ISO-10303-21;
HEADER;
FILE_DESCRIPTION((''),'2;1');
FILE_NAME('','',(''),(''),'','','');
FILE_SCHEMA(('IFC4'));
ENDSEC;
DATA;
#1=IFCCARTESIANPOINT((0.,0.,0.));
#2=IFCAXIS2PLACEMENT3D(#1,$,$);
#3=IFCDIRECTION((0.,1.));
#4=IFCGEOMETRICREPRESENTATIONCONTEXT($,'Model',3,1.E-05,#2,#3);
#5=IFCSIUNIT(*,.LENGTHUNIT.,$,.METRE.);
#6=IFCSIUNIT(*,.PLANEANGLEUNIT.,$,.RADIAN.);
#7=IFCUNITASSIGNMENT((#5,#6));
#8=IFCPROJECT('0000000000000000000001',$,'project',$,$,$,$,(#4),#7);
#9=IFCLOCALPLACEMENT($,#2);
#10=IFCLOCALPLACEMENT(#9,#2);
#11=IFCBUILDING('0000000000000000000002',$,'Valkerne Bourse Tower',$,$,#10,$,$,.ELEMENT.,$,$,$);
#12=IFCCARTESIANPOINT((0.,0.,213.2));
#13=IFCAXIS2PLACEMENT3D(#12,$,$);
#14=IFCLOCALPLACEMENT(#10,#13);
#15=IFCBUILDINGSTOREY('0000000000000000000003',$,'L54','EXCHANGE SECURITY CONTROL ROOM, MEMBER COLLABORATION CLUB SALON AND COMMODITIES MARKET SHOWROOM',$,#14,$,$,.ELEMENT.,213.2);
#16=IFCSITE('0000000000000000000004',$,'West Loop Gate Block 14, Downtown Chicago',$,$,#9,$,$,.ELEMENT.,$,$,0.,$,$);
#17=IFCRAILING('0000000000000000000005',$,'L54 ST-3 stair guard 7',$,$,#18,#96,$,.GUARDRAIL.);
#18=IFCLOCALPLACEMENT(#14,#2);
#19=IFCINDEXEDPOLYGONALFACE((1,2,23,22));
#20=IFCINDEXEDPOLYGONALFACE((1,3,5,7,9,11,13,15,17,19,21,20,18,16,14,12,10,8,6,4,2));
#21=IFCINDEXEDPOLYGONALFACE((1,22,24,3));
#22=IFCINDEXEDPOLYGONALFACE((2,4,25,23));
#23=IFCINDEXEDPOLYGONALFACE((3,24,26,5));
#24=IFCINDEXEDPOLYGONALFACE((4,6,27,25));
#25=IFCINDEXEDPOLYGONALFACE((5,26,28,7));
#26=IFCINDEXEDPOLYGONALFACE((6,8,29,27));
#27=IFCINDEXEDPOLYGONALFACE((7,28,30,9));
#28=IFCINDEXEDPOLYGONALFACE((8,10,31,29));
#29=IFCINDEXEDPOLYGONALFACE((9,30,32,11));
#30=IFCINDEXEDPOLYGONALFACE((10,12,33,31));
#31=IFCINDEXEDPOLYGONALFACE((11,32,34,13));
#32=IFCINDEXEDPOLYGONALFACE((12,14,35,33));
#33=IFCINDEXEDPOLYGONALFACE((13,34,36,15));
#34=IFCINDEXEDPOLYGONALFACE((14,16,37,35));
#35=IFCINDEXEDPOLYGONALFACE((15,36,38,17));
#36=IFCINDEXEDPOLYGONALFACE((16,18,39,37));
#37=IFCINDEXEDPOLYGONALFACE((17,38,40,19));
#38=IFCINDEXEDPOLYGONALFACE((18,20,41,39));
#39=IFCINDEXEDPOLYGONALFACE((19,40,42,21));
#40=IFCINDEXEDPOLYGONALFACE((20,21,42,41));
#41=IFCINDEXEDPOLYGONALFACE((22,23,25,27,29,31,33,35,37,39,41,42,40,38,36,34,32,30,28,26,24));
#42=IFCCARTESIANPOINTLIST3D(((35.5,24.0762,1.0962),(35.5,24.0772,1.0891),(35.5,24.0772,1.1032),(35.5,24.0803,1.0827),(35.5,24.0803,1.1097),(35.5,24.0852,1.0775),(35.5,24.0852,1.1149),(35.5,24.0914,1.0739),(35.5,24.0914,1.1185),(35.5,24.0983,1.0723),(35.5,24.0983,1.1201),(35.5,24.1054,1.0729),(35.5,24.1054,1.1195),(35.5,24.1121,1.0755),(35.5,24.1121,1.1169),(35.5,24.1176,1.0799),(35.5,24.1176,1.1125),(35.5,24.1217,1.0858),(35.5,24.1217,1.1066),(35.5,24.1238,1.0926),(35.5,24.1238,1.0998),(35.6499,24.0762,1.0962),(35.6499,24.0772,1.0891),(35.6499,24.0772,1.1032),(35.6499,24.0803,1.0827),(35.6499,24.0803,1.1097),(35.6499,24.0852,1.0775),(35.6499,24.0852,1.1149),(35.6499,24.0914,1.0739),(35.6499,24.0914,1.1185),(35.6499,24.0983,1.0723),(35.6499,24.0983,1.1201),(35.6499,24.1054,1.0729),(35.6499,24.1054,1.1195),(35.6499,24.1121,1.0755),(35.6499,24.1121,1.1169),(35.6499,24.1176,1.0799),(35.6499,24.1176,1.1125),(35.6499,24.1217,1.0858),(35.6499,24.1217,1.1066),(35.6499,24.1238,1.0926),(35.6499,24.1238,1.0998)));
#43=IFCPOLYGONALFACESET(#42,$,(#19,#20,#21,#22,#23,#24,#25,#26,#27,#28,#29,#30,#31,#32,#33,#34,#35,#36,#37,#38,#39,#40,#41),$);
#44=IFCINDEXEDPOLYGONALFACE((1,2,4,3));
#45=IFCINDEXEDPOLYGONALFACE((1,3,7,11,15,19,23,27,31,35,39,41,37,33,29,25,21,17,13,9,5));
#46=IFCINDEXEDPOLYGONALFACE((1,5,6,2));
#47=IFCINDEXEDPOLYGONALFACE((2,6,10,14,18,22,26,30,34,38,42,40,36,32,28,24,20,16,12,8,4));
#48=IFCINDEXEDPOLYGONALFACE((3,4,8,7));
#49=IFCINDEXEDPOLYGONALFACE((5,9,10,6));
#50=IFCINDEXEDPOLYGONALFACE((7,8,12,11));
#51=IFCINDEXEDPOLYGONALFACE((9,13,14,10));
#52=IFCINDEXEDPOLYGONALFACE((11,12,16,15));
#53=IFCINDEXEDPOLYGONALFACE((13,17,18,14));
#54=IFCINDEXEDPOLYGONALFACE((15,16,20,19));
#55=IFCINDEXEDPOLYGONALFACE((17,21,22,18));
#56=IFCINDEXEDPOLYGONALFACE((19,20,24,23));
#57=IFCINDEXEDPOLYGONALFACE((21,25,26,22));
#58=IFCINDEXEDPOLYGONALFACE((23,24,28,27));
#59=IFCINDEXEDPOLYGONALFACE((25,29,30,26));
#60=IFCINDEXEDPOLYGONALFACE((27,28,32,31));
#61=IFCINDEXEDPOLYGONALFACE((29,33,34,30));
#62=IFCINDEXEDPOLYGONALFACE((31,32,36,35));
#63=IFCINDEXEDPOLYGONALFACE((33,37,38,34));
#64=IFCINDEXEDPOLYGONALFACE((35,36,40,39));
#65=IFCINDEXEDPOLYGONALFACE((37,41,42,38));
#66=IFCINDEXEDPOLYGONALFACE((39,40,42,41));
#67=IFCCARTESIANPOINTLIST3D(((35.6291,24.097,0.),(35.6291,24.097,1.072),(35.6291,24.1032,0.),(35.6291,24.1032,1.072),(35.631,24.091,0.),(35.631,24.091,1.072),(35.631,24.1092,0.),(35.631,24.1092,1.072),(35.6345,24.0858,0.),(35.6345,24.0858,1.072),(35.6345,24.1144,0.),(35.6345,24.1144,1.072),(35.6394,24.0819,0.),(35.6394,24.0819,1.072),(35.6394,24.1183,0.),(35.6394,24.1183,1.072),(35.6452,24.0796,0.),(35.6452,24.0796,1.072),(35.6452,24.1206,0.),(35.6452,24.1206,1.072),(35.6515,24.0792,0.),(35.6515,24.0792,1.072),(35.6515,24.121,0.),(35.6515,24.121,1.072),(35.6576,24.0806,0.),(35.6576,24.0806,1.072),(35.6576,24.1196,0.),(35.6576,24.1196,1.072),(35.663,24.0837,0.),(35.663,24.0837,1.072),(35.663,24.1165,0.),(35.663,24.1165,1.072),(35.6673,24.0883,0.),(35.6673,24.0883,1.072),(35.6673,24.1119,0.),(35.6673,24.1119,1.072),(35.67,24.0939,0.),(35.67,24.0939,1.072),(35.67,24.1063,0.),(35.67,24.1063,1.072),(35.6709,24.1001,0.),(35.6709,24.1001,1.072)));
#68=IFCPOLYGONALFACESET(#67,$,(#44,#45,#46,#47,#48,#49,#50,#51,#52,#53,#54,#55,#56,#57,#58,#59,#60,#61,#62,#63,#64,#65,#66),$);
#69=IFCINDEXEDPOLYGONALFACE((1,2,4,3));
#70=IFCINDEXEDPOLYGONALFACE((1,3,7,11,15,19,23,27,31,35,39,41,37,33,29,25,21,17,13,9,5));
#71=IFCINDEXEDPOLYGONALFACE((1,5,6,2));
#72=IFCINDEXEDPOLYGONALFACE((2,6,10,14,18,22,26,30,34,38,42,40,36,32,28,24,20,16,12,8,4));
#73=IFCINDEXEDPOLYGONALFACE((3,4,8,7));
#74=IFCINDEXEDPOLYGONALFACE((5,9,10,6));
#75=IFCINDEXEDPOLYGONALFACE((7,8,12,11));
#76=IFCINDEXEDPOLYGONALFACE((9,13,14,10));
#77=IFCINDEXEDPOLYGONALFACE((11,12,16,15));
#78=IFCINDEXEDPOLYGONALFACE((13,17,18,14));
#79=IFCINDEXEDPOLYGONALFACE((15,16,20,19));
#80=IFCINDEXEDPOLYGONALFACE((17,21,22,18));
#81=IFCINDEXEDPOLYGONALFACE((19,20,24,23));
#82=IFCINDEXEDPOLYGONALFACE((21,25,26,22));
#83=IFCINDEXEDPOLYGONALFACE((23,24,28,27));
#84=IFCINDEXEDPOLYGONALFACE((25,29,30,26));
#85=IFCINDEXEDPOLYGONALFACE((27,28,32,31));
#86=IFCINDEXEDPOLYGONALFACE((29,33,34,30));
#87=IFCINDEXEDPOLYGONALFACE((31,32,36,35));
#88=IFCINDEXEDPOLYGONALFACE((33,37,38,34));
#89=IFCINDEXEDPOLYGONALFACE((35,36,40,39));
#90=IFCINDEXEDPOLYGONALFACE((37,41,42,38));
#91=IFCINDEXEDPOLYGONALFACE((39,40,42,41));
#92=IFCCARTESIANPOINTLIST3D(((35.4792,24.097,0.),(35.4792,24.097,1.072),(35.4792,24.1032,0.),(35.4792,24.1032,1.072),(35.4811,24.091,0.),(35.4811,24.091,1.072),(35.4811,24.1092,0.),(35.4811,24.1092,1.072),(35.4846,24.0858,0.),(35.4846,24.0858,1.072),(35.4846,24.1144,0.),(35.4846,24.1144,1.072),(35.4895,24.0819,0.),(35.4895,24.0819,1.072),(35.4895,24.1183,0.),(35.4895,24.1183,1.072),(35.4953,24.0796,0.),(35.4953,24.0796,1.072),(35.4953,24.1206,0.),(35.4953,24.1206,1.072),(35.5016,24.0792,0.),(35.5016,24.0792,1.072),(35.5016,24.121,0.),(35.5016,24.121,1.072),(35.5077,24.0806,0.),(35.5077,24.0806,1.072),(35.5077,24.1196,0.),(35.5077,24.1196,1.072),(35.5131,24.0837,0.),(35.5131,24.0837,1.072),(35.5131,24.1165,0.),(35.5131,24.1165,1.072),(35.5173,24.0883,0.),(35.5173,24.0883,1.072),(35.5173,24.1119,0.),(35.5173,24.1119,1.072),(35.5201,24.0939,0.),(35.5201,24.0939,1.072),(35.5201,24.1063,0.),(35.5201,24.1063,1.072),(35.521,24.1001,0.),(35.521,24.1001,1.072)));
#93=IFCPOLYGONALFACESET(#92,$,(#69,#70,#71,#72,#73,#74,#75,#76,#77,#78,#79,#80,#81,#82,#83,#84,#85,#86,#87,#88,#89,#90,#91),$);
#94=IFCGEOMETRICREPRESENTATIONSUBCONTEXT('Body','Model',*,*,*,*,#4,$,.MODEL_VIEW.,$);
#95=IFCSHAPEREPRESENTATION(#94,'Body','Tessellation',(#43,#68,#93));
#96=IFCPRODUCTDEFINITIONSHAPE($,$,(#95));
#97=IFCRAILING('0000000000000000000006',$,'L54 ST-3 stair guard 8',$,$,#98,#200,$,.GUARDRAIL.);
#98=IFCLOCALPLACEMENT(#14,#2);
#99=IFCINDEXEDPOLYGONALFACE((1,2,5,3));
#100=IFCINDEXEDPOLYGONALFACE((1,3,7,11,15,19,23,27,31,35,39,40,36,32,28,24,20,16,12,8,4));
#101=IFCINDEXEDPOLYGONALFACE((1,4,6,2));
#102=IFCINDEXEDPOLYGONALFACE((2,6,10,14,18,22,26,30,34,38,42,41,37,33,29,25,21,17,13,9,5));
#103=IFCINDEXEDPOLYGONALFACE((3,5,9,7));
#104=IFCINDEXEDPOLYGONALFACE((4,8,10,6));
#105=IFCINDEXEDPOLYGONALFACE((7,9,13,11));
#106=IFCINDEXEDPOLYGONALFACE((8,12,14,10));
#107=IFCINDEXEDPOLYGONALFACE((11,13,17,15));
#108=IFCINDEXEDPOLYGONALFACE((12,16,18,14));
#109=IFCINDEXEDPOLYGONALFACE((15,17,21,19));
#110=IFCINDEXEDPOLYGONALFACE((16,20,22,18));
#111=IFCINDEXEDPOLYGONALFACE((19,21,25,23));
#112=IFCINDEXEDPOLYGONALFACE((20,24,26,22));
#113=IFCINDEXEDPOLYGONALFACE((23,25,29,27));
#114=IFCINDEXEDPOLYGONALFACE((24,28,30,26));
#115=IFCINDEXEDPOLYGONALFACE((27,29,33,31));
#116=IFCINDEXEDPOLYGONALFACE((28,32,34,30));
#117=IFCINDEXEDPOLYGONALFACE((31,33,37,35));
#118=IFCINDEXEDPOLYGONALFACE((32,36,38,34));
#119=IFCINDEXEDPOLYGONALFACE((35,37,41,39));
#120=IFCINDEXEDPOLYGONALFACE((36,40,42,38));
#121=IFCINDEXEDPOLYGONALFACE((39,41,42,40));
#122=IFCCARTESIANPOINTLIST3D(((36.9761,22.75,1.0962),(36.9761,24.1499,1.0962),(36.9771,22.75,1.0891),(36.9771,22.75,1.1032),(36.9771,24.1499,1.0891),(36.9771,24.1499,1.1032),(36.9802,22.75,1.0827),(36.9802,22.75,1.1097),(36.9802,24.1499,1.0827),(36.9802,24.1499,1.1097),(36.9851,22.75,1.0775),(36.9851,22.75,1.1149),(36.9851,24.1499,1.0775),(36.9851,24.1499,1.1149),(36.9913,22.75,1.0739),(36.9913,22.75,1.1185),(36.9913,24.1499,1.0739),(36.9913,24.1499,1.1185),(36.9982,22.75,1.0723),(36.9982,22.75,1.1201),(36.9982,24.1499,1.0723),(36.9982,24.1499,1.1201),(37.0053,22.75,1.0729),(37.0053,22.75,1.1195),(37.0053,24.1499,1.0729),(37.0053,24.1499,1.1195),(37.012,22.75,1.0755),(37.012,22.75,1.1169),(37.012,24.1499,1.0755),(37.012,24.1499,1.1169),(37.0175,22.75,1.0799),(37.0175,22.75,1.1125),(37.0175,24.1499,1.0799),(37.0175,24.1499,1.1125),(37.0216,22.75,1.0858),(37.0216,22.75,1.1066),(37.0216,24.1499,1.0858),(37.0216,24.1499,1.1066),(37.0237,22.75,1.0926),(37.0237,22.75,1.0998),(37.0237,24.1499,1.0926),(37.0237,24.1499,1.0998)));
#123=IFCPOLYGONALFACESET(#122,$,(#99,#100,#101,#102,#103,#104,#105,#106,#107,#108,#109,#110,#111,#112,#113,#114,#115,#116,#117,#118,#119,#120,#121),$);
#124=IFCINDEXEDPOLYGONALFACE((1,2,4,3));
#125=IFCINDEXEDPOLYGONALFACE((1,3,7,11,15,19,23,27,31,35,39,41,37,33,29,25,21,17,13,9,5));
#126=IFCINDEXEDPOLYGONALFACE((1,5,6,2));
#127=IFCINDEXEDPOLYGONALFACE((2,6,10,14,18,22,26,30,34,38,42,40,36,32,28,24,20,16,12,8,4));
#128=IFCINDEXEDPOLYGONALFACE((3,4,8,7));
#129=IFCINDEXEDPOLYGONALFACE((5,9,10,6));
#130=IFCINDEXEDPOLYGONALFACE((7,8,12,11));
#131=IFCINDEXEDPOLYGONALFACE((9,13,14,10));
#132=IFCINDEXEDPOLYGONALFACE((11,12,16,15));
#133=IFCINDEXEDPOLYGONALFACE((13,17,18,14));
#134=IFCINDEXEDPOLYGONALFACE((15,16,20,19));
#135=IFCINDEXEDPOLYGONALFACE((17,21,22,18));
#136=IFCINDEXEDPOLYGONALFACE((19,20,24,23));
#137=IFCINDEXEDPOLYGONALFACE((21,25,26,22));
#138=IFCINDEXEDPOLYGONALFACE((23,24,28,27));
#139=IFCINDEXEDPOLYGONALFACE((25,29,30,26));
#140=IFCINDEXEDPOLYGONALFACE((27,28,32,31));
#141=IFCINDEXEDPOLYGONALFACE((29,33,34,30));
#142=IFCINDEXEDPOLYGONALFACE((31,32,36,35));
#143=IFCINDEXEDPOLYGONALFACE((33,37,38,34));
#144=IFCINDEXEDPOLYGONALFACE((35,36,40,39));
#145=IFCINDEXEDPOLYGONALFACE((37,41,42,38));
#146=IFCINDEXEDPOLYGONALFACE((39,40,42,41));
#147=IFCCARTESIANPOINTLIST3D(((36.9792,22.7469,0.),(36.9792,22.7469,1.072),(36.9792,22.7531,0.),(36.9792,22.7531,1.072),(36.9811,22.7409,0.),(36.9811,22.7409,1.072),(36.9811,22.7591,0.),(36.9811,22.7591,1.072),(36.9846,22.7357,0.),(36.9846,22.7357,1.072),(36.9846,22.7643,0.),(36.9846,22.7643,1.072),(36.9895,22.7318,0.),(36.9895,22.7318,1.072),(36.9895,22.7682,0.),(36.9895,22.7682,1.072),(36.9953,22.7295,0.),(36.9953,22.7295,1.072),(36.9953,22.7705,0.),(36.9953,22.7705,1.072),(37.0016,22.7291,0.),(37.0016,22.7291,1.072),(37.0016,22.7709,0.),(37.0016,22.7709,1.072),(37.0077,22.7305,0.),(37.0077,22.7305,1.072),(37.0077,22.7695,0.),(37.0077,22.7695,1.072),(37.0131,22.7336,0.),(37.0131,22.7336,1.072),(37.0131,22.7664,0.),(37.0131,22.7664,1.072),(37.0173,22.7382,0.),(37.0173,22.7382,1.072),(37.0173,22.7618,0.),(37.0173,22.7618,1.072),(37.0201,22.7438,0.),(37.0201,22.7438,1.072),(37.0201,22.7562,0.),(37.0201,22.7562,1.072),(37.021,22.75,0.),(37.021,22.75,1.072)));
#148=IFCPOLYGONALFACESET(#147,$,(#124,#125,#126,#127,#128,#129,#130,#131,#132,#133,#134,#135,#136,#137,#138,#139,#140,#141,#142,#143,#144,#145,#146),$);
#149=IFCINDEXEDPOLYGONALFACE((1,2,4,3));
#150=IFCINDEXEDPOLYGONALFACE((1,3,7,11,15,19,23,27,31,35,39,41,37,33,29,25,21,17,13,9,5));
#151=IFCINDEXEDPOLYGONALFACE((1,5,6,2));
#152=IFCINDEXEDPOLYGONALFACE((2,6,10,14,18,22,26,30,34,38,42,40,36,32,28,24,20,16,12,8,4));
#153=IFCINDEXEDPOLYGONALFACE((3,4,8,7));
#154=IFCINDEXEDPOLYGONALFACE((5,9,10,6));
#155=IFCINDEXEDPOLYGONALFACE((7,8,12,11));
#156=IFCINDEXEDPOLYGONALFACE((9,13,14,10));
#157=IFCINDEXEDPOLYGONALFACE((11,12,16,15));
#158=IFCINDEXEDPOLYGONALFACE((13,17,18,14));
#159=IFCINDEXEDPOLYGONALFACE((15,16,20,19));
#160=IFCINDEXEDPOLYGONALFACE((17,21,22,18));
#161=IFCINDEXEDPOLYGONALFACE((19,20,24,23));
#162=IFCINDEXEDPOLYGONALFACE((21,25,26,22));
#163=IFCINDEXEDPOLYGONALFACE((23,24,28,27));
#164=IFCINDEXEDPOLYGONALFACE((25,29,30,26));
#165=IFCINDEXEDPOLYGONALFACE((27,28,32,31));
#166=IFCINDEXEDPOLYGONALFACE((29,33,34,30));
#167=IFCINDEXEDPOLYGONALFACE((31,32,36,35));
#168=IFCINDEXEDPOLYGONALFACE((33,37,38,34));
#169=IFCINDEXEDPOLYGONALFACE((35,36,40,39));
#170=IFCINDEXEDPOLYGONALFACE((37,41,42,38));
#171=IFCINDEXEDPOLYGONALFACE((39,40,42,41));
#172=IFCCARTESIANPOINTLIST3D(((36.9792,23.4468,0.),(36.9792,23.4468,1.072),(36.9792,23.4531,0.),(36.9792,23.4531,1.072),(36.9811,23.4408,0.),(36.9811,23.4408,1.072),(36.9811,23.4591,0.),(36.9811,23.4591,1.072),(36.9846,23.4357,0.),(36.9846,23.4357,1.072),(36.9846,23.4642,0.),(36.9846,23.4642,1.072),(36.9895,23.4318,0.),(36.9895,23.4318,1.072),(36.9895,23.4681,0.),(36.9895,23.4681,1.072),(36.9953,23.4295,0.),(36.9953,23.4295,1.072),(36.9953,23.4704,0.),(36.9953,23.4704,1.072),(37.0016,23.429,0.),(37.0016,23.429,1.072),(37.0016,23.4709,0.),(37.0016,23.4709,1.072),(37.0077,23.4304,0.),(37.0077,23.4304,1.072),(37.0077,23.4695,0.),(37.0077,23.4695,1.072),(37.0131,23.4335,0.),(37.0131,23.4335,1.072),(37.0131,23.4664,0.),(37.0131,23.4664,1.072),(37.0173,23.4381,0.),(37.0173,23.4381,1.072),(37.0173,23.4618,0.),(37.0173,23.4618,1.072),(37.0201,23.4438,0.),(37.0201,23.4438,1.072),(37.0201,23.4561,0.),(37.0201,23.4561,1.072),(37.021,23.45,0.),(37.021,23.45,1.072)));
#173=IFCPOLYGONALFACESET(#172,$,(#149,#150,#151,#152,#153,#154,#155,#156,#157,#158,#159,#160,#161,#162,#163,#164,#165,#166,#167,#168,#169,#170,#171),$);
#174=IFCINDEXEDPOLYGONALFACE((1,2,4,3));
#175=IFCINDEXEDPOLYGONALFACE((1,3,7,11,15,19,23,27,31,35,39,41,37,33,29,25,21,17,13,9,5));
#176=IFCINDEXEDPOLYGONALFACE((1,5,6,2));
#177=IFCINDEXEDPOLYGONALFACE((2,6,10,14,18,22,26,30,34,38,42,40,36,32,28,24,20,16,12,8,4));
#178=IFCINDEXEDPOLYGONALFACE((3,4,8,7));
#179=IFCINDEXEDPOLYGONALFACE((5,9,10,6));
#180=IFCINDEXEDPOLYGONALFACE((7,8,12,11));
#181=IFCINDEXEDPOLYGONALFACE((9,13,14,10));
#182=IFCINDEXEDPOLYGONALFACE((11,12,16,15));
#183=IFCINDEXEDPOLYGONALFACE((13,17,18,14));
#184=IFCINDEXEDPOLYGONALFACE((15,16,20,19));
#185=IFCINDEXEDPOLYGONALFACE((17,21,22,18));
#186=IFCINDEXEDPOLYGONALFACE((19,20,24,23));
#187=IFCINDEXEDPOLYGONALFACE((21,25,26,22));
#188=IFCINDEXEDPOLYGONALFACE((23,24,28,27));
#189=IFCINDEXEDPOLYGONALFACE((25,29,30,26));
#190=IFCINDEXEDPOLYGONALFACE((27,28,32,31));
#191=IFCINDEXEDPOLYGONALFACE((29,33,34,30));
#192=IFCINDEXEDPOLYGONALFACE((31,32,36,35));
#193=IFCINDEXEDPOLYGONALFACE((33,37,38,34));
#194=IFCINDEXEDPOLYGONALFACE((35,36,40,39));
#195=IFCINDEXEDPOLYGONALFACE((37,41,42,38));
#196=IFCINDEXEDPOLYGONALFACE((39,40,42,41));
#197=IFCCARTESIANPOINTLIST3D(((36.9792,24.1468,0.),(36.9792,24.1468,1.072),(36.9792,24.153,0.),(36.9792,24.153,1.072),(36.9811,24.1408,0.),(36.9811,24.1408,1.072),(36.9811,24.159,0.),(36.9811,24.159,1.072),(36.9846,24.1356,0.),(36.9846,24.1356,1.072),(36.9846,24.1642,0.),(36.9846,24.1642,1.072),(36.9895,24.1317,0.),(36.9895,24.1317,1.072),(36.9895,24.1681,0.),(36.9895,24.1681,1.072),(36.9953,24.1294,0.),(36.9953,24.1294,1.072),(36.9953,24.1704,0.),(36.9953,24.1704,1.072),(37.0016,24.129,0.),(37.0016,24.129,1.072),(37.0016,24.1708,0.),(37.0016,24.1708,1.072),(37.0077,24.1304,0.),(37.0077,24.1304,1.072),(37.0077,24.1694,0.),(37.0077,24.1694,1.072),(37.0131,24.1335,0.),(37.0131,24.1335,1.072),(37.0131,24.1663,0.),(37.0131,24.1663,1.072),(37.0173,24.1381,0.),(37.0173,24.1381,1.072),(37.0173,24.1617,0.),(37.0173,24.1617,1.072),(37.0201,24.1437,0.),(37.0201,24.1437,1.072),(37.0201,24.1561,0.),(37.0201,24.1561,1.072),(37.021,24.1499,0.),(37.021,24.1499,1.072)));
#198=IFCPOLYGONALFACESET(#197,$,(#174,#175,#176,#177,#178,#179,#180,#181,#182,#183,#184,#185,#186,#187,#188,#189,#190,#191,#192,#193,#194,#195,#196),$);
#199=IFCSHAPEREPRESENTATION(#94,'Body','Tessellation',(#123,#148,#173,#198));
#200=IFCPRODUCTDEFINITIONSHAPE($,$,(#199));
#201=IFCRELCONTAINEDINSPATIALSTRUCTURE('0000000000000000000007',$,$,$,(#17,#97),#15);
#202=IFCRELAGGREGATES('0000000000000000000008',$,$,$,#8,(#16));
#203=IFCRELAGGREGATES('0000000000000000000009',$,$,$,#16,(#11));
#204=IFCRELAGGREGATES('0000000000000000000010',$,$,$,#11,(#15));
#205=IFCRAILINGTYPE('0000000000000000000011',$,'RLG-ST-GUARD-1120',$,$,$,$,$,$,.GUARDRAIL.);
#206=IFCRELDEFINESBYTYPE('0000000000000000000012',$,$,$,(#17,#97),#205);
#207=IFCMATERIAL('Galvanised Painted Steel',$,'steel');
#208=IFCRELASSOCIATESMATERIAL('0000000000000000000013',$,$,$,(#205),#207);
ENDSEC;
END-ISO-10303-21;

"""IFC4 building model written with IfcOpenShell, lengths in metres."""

from ifc_helpers import new_model, si_unit, direction, frame, origin, origin_2d, place, context, subcontext, project, spatial, circle, extrude, material, type_object, element, save


model = new_model("IFC4")

# Units and contexts
model_context = context("Model", 3, precision=1e-05, world=origin(), true_north=direction((0.0, 1.0)))
body_context = subcontext(model_context, "Body", "Model", "MODEL_VIEW")
ifc_project = project(units=[si_unit("LENGTHUNIT", "METRE"), si_unit("PLANEANGLEUNIT", "RADIAN")], contexts=[model_context])

# Site, building, storey
site_placement = place(None, origin())
site = spatial("IfcSite", under=ifc_project, at=site_placement, Name="West Loop Gate Block 14, Downtown Chicago", CompositionType="ELEMENT", RefElevation=0.0)
building_placement = place(site_placement, origin())
building = spatial("IfcBuilding", under=site, at=building_placement, Name="Valkerne Bourse Tower", CompositionType="ELEMENT")
storey_placement = place(building_placement, frame((0.0, 0.0, 213.2)))
storey = spatial("IfcBuildingStorey", under=building, at=storey_placement, Name="L54", Description="EXCHANGE SECURITY CONTROL ROOM, MEMBER COLLABORATION CLUB SALON AND COMMODITIES MARKET SHOWROOM", CompositionType="ELEMENT", Elevation=213.2)

# Railings
ifc_material_1 = material(Name="Galvanised Painted Steel", Category="steel")
railing_type_1 = type_object("IfcRailingType", Name="RLG-ST-GUARD-1120", PredefinedType="GUARDRAIL", material=ifc_material_1)
railing_1_placement = place(storey_placement, frame((35.6499, 24.1001, 0.0)))
element("IfcRailing", 1, at=railing_1_placement, inside=storey, type_object=railing_type_1, Name="L54 ST-3 stair guard 7", PredefinedType="GUARDRAIL", context=body_context, shape_type="SweptSolid", body=[
    extrude(circle(Radius=0.0239, at=origin_2d()), frame((0.0, 0.0, 1.0962), z_axis=(-1.0, 0.0, 0.0), x_axis=(0.0, -1.0, 0.0)), (0.0, 0.0, 1.0), 0.1499),
    extrude(circle(Radius=0.021, at=origin_2d()), origin(), (0.0, 0.0, 1.0), 1.072),
    extrude(circle(Radius=0.021, at=origin_2d()), frame((-0.1499, 0.0, 0.0)), (0.0, 0.0, 1.0), 1.072),
])
railing_2_placement = place(storey_placement, frame((37.0, 22.75, 0.0)))
element("IfcRailing", 2, at=railing_2_placement, inside=storey, type_object=railing_type_1, Name="L54 ST-3 stair guard 8", PredefinedType="GUARDRAIL", context=body_context, shape_type="SweptSolid", body=[
    extrude(circle(Radius=0.0239, at=origin_2d()), frame((0.0, 0.0, 1.0962), z_axis=(0.0, 1.0, 0.0), x_axis=(-1.0, 0.0, 0.0)), (0.0, 0.0, 1.0), 1.3999),
    extrude(circle(Radius=0.021, at=origin_2d()), origin(), (0.0, 0.0, 1.0), 1.072),
    extrude(circle(Radius=0.021, at=origin_2d()), frame((0.0, 0.7, 0.0)), (0.0, 0.0, 1.0), 1.072),
    extrude(circle(Radius=0.021, at=origin_2d()), frame((0.0, 1.3999, 0.0)), (0.0, 0.0, 1.0), 1.072),
])

save(model, "model.ifc")
